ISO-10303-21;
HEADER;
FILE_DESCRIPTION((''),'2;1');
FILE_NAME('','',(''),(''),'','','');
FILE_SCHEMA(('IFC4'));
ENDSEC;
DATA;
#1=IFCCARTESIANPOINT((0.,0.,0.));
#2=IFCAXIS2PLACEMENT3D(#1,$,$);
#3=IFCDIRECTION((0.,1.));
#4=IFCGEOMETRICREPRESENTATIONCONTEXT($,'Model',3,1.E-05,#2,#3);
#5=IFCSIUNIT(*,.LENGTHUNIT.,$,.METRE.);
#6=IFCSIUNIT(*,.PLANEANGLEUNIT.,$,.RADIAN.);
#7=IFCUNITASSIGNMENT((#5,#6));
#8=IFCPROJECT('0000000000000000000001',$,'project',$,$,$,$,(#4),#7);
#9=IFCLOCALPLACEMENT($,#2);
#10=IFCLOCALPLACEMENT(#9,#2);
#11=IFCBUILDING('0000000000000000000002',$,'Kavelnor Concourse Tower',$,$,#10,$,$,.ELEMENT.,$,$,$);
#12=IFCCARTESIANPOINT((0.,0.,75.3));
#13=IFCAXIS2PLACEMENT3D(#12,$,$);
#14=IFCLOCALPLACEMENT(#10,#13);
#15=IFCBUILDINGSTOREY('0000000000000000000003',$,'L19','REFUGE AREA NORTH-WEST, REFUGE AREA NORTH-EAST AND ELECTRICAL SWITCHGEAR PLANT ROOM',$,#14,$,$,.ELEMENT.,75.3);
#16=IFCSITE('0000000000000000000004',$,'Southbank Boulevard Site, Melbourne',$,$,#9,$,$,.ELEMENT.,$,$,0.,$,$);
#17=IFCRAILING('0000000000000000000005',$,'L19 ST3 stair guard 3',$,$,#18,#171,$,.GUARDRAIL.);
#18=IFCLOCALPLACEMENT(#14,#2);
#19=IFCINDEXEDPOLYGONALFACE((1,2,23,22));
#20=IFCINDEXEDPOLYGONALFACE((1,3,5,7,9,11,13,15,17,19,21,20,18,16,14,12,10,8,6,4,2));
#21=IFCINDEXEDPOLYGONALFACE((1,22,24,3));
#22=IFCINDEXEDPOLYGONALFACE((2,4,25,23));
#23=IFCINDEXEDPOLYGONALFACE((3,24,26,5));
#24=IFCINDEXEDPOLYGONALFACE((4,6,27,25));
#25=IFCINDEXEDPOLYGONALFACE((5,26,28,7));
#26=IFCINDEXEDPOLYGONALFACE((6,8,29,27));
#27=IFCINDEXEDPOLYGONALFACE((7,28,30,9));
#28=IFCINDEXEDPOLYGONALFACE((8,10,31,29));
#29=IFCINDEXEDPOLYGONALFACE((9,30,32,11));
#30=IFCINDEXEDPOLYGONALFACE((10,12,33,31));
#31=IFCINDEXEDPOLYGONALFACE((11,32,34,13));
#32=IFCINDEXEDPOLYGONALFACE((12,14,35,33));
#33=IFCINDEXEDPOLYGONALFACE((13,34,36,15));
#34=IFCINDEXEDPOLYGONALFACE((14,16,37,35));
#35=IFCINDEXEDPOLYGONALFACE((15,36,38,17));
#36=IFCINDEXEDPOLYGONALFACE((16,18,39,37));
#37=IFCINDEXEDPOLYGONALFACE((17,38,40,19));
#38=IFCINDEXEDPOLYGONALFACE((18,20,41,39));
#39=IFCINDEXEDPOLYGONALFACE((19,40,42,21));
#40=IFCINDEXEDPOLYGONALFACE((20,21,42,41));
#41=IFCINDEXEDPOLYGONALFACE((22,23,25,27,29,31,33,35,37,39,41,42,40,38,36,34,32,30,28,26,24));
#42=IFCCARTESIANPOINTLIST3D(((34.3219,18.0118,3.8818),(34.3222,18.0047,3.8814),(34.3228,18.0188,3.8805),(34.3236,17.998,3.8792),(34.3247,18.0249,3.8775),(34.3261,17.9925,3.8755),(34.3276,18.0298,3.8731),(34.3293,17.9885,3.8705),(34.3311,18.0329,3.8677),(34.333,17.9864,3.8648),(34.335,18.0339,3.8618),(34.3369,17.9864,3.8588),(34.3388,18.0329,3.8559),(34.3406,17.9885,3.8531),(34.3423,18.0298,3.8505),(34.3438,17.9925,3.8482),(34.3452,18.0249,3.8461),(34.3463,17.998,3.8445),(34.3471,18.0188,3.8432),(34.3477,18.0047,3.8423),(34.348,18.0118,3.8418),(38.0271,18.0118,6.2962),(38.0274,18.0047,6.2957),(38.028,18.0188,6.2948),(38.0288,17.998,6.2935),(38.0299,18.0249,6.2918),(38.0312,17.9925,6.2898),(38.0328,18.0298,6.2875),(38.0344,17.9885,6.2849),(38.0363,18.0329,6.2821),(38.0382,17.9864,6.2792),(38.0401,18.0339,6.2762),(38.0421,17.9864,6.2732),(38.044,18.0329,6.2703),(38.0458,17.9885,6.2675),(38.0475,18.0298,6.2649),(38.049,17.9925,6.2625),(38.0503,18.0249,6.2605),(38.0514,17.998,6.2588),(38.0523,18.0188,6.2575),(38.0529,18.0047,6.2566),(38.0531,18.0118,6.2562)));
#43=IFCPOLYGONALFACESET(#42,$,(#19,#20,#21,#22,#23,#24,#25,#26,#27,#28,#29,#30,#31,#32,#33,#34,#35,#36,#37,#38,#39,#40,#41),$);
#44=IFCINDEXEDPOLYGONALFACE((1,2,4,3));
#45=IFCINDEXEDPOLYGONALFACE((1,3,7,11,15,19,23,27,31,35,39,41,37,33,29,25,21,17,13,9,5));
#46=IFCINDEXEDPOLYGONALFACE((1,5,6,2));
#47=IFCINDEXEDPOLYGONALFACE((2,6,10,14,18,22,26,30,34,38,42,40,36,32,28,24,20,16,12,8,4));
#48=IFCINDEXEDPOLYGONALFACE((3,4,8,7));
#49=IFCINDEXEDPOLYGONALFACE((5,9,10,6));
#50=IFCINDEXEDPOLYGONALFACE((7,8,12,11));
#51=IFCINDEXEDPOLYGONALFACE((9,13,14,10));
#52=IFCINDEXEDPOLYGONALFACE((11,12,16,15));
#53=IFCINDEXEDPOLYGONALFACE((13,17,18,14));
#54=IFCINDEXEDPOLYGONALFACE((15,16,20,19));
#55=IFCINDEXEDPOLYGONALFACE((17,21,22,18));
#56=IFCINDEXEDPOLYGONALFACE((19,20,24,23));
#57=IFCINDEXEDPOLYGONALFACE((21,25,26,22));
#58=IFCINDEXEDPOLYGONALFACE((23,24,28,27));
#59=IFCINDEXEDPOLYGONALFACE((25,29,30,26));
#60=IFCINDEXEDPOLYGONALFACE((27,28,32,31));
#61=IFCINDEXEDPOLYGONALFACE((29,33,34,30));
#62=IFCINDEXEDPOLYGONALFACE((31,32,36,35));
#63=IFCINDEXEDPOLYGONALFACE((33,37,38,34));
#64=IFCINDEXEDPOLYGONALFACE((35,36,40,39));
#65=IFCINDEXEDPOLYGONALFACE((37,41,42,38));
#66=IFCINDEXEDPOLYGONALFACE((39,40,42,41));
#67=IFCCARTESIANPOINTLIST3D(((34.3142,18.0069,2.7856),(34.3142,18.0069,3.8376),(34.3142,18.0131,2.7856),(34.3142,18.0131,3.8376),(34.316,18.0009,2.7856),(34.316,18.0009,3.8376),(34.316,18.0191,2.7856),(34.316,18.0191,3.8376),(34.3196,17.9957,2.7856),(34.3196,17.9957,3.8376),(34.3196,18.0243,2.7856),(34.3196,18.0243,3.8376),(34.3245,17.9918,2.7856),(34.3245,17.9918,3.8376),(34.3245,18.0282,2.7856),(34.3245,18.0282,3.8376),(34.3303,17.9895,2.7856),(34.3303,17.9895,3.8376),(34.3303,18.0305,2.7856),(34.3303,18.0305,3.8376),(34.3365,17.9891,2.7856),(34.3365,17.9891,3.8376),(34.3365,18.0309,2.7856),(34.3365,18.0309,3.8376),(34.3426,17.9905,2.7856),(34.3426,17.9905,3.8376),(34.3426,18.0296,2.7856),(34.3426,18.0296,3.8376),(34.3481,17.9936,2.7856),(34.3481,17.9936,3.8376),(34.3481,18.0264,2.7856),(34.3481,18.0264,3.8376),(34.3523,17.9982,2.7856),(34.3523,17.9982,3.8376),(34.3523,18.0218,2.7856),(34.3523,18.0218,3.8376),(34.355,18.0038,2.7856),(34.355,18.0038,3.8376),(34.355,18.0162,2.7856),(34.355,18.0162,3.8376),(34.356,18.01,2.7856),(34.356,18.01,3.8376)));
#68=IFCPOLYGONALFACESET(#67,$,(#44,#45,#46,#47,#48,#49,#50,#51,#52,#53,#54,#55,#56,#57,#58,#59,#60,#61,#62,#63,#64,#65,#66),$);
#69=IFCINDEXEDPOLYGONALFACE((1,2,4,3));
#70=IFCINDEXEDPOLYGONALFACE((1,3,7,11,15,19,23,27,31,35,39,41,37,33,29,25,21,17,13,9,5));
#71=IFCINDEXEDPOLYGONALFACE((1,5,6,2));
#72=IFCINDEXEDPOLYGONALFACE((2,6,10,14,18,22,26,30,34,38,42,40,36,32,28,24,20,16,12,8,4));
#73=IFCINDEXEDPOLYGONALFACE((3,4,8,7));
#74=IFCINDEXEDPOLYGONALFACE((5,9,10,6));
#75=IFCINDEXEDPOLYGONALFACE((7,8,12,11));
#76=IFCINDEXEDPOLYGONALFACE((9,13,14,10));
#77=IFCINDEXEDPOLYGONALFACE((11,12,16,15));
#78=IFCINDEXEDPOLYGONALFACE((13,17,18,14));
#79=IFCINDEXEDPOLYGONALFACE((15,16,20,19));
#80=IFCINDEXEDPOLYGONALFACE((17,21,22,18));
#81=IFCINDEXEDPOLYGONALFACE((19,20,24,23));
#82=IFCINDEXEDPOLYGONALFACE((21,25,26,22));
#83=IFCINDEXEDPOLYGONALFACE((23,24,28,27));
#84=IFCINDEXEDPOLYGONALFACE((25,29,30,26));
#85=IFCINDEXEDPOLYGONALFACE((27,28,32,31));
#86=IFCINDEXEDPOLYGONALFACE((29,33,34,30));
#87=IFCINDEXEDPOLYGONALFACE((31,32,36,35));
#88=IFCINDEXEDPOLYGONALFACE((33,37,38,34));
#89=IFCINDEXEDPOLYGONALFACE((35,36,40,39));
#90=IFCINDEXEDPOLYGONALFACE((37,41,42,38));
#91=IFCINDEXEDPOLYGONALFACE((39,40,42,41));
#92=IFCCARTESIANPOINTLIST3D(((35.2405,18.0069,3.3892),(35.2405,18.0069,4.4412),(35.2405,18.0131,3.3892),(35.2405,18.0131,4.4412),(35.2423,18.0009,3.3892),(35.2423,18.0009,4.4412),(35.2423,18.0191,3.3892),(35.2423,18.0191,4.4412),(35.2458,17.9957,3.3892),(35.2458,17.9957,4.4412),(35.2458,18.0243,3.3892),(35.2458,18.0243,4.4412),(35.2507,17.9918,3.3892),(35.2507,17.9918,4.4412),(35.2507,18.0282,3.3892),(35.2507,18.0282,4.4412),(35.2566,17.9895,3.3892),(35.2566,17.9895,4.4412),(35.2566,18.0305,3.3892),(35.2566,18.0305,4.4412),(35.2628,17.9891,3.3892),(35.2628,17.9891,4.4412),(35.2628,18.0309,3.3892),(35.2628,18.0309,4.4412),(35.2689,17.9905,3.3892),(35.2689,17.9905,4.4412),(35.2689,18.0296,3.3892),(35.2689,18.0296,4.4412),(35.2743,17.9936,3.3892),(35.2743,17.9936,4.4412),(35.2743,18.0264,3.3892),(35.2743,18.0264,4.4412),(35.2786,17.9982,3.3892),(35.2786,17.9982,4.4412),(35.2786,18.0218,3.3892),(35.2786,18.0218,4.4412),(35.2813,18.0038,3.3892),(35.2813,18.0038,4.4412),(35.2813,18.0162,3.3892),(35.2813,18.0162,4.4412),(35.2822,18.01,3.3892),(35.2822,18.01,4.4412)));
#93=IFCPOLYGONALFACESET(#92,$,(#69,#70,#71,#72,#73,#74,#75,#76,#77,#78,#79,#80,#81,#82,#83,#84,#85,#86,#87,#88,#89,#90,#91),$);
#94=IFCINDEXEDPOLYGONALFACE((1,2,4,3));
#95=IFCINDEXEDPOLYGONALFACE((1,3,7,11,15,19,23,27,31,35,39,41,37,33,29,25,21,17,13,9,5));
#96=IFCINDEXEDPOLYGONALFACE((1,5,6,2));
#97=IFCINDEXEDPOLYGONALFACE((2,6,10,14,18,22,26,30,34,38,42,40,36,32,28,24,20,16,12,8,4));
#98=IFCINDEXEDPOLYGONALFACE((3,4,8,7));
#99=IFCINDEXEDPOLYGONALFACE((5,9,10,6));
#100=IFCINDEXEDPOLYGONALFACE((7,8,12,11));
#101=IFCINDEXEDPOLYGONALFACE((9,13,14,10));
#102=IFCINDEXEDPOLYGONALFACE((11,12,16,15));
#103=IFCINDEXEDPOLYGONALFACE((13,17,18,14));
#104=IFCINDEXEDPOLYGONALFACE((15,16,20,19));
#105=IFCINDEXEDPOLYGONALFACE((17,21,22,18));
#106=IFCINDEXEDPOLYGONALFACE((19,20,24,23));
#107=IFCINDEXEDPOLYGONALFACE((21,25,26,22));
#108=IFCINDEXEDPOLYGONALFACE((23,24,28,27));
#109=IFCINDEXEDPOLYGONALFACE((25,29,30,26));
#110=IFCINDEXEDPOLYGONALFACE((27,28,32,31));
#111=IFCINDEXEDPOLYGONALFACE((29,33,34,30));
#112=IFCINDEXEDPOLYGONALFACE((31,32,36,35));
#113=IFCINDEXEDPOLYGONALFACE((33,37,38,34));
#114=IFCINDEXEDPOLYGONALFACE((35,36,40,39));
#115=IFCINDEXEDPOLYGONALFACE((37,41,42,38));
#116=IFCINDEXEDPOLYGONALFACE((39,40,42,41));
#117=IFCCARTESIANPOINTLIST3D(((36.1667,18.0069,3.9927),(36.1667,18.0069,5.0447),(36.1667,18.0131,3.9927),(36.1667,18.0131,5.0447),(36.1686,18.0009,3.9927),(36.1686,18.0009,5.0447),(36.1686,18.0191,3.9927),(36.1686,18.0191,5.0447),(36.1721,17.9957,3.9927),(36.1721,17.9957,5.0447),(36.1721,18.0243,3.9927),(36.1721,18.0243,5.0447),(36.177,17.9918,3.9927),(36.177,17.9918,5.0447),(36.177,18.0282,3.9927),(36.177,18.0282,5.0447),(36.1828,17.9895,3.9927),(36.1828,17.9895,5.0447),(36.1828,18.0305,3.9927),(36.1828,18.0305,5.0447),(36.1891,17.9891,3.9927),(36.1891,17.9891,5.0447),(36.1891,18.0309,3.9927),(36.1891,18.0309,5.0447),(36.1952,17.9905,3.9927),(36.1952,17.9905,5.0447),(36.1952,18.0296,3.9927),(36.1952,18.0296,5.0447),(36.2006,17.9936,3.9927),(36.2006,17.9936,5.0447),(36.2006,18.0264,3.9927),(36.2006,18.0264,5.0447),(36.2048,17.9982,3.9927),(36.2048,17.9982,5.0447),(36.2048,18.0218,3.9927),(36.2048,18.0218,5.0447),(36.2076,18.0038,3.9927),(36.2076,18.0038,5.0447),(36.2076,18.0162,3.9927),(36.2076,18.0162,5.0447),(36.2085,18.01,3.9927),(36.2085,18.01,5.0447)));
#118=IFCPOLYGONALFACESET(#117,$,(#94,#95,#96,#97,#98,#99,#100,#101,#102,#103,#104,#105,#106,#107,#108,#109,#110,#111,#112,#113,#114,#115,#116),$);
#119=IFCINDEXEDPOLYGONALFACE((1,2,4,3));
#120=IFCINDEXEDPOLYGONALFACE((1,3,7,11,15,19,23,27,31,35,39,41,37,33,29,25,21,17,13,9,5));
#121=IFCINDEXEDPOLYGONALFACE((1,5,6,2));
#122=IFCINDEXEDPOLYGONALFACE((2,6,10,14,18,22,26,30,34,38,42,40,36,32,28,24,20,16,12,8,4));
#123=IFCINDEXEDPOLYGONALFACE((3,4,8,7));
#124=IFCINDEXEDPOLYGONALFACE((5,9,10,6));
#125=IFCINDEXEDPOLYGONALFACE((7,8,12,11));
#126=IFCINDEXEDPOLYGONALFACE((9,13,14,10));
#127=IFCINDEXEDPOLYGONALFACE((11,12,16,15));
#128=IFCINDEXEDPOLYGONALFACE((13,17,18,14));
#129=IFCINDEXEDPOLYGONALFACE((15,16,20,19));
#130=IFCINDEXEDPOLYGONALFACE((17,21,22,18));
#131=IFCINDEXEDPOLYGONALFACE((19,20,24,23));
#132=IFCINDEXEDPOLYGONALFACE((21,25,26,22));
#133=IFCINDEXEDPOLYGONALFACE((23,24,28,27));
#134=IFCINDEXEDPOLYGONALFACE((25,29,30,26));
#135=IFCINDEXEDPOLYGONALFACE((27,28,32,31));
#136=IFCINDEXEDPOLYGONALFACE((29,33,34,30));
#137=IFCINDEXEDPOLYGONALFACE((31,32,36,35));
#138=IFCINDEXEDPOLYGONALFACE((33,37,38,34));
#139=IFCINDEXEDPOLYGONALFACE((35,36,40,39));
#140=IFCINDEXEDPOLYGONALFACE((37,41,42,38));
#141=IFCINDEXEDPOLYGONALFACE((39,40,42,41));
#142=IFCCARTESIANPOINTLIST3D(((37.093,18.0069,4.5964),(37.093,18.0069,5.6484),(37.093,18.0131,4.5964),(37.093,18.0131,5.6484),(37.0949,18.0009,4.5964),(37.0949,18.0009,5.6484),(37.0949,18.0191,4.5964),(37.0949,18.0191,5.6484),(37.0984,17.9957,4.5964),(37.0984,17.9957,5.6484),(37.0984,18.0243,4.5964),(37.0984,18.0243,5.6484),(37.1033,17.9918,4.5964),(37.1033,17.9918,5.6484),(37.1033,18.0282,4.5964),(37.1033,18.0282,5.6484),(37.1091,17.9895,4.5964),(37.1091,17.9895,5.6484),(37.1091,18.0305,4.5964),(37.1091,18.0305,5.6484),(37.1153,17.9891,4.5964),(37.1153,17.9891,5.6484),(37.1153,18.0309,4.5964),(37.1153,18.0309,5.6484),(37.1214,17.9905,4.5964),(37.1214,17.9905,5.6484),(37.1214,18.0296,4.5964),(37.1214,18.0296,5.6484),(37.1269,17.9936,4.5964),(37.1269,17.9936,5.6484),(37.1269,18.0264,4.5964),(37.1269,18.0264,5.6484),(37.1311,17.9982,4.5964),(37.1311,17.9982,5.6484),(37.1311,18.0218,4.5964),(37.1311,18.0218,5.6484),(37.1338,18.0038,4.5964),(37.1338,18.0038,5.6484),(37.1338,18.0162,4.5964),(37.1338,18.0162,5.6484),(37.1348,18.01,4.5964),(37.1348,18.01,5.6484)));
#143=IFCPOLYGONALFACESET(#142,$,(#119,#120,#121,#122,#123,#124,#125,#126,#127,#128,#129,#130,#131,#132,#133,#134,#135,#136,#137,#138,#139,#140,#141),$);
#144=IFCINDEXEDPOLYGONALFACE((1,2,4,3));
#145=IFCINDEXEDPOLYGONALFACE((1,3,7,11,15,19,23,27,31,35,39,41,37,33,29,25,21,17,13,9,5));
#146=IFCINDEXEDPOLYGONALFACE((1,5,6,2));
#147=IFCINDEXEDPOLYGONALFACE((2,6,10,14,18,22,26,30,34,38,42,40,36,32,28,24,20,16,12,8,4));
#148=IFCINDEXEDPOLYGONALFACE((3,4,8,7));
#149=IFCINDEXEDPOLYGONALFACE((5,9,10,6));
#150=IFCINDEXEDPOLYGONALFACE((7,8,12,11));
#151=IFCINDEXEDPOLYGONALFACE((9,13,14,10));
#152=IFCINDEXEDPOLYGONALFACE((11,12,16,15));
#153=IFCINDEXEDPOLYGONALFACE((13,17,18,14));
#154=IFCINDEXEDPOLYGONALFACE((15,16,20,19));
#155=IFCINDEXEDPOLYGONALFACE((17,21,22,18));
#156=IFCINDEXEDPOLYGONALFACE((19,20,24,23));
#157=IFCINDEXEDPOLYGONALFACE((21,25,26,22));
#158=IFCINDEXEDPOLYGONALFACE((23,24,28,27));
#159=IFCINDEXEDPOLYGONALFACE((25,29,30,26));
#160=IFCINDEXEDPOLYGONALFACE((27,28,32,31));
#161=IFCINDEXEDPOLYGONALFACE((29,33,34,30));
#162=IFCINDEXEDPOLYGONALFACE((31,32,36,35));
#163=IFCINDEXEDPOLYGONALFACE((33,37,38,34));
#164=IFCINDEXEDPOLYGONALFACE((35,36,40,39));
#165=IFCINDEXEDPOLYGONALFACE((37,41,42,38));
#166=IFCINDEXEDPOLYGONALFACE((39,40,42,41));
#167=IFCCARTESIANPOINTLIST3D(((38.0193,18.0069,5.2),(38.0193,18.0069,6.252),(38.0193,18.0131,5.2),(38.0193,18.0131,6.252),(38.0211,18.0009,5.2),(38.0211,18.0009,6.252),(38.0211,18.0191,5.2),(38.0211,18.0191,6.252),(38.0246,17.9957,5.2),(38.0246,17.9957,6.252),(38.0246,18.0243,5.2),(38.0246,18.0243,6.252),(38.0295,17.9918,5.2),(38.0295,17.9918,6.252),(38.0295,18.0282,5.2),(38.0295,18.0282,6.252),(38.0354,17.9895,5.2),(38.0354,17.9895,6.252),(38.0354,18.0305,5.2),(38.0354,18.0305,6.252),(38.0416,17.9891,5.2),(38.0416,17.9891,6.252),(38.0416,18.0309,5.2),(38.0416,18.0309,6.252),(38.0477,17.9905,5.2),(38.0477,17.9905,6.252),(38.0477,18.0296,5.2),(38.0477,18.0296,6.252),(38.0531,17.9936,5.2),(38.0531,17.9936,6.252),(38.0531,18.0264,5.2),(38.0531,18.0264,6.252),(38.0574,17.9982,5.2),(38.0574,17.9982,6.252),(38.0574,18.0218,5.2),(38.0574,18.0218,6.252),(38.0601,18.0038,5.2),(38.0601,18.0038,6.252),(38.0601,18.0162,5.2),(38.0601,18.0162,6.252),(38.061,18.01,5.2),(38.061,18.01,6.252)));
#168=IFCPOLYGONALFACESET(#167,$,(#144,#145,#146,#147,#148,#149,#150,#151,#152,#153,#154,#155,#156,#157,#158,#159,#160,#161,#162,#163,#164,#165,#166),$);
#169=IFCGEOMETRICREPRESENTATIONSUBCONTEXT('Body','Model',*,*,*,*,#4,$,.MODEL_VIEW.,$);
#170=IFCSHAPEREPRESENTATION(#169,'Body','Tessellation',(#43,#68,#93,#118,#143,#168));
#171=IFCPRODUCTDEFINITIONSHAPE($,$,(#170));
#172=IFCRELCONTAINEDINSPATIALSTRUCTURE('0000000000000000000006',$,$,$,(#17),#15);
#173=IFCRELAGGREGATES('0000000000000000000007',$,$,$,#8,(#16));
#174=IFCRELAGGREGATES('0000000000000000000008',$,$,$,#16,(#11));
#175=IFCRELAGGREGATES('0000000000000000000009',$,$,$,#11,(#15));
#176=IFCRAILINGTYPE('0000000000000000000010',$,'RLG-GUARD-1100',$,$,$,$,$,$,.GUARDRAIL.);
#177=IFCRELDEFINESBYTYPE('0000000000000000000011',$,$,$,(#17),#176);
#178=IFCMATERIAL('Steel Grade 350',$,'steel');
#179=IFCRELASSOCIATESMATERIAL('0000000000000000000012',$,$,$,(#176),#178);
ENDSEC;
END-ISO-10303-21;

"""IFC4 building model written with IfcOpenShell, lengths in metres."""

from ifc_helpers import new_model, si_unit, direction, frame, origin, origin_2d, place, context, subcontext, project, spatial, circle, extrude, material, type_object, element, save


model = new_model("IFC4")

# Units and contexts
model_context = context("Model", 3, precision=1e-05, world=origin(), true_north=direction((0.0, 1.0)))
body_context = subcontext(model_context, "Body", "Model", "MODEL_VIEW")
ifc_project = project(units=[si_unit("LENGTHUNIT", "METRE"), si_unit("PLANEANGLEUNIT", "RADIAN")], contexts=[model_context])

# Site, building, storey
site_placement = place(None, origin())
site = spatial("IfcSite", under=ifc_project, at=site_placement, Name="Southbank Boulevard Site, Melbourne", CompositionType="ELEMENT", RefElevation=0.0)
building_placement = place(site_placement, origin())
building = spatial("IfcBuilding", under=site, at=building_placement, Name="Kavelnor Concourse Tower", CompositionType="ELEMENT")
storey_placement = place(building_placement, frame((0.0, 0.0, 75.3)))
storey = spatial("IfcBuildingStorey", under=building, at=storey_placement, Name="L19", Description="REFUGE AREA NORTH-WEST, REFUGE AREA NORTH-EAST AND ELECTRICAL SWITCHGEAR PLANT ROOM", CompositionType="ELEMENT", Elevation=75.3)

# Shared definitions
ifc_material_1 = material(Name="Steel Grade 350", Category="steel")

# Railing
railing_type_1 = type_object("IfcRailingType", Name="RLG-GUARD-1100", PredefinedType="GUARDRAIL", material=ifc_material_1)
railing_1_placement = place(storey_placement, frame((34.335, 18.01, 2.7856)))
element("IfcRailing", 1, at=railing_1_placement, inside=storey, type_object=railing_type_1, Name="L19 ST3 stair guard 3", PredefinedType="GUARDRAIL", context=body_context, shape_type="SweptSolid", body=[
    extrude(circle(Radius=0.0239, at=origin_2d()), frame((0.0, 0.0, 1.0762), z_axis=(0.837823, 0.0, 0.545943), x_axis=(0.0, 1.0, 0.0)), (0.0, 0.0, 1.0), 4.4224),
    extrude(circle(Radius=0.021, at=origin_2d()), origin(), (0.0, 0.0, 1.0), 1.052),
    extrude(circle(Radius=0.021, at=origin_2d()), frame((0.9263, 0.0, 0.6035)), (0.0, 0.0, 1.0), 1.052),
    extrude(circle(Radius=0.021, at=origin_2d()), frame((1.8525, 0.0, 1.207)), (0.0, 0.0, 1.0), 1.052),
    extrude(circle(Radius=0.021, at=origin_2d()), frame((2.7788, 0.0, 1.8108)), (0.0, 0.0, 1.0), 1.052),
    extrude(circle(Radius=0.021, at=origin_2d()), frame((3.7051, 0.0, 2.4143)), (0.0, 0.0, 1.0), 1.052),
])

save(model, "model.ifc")
